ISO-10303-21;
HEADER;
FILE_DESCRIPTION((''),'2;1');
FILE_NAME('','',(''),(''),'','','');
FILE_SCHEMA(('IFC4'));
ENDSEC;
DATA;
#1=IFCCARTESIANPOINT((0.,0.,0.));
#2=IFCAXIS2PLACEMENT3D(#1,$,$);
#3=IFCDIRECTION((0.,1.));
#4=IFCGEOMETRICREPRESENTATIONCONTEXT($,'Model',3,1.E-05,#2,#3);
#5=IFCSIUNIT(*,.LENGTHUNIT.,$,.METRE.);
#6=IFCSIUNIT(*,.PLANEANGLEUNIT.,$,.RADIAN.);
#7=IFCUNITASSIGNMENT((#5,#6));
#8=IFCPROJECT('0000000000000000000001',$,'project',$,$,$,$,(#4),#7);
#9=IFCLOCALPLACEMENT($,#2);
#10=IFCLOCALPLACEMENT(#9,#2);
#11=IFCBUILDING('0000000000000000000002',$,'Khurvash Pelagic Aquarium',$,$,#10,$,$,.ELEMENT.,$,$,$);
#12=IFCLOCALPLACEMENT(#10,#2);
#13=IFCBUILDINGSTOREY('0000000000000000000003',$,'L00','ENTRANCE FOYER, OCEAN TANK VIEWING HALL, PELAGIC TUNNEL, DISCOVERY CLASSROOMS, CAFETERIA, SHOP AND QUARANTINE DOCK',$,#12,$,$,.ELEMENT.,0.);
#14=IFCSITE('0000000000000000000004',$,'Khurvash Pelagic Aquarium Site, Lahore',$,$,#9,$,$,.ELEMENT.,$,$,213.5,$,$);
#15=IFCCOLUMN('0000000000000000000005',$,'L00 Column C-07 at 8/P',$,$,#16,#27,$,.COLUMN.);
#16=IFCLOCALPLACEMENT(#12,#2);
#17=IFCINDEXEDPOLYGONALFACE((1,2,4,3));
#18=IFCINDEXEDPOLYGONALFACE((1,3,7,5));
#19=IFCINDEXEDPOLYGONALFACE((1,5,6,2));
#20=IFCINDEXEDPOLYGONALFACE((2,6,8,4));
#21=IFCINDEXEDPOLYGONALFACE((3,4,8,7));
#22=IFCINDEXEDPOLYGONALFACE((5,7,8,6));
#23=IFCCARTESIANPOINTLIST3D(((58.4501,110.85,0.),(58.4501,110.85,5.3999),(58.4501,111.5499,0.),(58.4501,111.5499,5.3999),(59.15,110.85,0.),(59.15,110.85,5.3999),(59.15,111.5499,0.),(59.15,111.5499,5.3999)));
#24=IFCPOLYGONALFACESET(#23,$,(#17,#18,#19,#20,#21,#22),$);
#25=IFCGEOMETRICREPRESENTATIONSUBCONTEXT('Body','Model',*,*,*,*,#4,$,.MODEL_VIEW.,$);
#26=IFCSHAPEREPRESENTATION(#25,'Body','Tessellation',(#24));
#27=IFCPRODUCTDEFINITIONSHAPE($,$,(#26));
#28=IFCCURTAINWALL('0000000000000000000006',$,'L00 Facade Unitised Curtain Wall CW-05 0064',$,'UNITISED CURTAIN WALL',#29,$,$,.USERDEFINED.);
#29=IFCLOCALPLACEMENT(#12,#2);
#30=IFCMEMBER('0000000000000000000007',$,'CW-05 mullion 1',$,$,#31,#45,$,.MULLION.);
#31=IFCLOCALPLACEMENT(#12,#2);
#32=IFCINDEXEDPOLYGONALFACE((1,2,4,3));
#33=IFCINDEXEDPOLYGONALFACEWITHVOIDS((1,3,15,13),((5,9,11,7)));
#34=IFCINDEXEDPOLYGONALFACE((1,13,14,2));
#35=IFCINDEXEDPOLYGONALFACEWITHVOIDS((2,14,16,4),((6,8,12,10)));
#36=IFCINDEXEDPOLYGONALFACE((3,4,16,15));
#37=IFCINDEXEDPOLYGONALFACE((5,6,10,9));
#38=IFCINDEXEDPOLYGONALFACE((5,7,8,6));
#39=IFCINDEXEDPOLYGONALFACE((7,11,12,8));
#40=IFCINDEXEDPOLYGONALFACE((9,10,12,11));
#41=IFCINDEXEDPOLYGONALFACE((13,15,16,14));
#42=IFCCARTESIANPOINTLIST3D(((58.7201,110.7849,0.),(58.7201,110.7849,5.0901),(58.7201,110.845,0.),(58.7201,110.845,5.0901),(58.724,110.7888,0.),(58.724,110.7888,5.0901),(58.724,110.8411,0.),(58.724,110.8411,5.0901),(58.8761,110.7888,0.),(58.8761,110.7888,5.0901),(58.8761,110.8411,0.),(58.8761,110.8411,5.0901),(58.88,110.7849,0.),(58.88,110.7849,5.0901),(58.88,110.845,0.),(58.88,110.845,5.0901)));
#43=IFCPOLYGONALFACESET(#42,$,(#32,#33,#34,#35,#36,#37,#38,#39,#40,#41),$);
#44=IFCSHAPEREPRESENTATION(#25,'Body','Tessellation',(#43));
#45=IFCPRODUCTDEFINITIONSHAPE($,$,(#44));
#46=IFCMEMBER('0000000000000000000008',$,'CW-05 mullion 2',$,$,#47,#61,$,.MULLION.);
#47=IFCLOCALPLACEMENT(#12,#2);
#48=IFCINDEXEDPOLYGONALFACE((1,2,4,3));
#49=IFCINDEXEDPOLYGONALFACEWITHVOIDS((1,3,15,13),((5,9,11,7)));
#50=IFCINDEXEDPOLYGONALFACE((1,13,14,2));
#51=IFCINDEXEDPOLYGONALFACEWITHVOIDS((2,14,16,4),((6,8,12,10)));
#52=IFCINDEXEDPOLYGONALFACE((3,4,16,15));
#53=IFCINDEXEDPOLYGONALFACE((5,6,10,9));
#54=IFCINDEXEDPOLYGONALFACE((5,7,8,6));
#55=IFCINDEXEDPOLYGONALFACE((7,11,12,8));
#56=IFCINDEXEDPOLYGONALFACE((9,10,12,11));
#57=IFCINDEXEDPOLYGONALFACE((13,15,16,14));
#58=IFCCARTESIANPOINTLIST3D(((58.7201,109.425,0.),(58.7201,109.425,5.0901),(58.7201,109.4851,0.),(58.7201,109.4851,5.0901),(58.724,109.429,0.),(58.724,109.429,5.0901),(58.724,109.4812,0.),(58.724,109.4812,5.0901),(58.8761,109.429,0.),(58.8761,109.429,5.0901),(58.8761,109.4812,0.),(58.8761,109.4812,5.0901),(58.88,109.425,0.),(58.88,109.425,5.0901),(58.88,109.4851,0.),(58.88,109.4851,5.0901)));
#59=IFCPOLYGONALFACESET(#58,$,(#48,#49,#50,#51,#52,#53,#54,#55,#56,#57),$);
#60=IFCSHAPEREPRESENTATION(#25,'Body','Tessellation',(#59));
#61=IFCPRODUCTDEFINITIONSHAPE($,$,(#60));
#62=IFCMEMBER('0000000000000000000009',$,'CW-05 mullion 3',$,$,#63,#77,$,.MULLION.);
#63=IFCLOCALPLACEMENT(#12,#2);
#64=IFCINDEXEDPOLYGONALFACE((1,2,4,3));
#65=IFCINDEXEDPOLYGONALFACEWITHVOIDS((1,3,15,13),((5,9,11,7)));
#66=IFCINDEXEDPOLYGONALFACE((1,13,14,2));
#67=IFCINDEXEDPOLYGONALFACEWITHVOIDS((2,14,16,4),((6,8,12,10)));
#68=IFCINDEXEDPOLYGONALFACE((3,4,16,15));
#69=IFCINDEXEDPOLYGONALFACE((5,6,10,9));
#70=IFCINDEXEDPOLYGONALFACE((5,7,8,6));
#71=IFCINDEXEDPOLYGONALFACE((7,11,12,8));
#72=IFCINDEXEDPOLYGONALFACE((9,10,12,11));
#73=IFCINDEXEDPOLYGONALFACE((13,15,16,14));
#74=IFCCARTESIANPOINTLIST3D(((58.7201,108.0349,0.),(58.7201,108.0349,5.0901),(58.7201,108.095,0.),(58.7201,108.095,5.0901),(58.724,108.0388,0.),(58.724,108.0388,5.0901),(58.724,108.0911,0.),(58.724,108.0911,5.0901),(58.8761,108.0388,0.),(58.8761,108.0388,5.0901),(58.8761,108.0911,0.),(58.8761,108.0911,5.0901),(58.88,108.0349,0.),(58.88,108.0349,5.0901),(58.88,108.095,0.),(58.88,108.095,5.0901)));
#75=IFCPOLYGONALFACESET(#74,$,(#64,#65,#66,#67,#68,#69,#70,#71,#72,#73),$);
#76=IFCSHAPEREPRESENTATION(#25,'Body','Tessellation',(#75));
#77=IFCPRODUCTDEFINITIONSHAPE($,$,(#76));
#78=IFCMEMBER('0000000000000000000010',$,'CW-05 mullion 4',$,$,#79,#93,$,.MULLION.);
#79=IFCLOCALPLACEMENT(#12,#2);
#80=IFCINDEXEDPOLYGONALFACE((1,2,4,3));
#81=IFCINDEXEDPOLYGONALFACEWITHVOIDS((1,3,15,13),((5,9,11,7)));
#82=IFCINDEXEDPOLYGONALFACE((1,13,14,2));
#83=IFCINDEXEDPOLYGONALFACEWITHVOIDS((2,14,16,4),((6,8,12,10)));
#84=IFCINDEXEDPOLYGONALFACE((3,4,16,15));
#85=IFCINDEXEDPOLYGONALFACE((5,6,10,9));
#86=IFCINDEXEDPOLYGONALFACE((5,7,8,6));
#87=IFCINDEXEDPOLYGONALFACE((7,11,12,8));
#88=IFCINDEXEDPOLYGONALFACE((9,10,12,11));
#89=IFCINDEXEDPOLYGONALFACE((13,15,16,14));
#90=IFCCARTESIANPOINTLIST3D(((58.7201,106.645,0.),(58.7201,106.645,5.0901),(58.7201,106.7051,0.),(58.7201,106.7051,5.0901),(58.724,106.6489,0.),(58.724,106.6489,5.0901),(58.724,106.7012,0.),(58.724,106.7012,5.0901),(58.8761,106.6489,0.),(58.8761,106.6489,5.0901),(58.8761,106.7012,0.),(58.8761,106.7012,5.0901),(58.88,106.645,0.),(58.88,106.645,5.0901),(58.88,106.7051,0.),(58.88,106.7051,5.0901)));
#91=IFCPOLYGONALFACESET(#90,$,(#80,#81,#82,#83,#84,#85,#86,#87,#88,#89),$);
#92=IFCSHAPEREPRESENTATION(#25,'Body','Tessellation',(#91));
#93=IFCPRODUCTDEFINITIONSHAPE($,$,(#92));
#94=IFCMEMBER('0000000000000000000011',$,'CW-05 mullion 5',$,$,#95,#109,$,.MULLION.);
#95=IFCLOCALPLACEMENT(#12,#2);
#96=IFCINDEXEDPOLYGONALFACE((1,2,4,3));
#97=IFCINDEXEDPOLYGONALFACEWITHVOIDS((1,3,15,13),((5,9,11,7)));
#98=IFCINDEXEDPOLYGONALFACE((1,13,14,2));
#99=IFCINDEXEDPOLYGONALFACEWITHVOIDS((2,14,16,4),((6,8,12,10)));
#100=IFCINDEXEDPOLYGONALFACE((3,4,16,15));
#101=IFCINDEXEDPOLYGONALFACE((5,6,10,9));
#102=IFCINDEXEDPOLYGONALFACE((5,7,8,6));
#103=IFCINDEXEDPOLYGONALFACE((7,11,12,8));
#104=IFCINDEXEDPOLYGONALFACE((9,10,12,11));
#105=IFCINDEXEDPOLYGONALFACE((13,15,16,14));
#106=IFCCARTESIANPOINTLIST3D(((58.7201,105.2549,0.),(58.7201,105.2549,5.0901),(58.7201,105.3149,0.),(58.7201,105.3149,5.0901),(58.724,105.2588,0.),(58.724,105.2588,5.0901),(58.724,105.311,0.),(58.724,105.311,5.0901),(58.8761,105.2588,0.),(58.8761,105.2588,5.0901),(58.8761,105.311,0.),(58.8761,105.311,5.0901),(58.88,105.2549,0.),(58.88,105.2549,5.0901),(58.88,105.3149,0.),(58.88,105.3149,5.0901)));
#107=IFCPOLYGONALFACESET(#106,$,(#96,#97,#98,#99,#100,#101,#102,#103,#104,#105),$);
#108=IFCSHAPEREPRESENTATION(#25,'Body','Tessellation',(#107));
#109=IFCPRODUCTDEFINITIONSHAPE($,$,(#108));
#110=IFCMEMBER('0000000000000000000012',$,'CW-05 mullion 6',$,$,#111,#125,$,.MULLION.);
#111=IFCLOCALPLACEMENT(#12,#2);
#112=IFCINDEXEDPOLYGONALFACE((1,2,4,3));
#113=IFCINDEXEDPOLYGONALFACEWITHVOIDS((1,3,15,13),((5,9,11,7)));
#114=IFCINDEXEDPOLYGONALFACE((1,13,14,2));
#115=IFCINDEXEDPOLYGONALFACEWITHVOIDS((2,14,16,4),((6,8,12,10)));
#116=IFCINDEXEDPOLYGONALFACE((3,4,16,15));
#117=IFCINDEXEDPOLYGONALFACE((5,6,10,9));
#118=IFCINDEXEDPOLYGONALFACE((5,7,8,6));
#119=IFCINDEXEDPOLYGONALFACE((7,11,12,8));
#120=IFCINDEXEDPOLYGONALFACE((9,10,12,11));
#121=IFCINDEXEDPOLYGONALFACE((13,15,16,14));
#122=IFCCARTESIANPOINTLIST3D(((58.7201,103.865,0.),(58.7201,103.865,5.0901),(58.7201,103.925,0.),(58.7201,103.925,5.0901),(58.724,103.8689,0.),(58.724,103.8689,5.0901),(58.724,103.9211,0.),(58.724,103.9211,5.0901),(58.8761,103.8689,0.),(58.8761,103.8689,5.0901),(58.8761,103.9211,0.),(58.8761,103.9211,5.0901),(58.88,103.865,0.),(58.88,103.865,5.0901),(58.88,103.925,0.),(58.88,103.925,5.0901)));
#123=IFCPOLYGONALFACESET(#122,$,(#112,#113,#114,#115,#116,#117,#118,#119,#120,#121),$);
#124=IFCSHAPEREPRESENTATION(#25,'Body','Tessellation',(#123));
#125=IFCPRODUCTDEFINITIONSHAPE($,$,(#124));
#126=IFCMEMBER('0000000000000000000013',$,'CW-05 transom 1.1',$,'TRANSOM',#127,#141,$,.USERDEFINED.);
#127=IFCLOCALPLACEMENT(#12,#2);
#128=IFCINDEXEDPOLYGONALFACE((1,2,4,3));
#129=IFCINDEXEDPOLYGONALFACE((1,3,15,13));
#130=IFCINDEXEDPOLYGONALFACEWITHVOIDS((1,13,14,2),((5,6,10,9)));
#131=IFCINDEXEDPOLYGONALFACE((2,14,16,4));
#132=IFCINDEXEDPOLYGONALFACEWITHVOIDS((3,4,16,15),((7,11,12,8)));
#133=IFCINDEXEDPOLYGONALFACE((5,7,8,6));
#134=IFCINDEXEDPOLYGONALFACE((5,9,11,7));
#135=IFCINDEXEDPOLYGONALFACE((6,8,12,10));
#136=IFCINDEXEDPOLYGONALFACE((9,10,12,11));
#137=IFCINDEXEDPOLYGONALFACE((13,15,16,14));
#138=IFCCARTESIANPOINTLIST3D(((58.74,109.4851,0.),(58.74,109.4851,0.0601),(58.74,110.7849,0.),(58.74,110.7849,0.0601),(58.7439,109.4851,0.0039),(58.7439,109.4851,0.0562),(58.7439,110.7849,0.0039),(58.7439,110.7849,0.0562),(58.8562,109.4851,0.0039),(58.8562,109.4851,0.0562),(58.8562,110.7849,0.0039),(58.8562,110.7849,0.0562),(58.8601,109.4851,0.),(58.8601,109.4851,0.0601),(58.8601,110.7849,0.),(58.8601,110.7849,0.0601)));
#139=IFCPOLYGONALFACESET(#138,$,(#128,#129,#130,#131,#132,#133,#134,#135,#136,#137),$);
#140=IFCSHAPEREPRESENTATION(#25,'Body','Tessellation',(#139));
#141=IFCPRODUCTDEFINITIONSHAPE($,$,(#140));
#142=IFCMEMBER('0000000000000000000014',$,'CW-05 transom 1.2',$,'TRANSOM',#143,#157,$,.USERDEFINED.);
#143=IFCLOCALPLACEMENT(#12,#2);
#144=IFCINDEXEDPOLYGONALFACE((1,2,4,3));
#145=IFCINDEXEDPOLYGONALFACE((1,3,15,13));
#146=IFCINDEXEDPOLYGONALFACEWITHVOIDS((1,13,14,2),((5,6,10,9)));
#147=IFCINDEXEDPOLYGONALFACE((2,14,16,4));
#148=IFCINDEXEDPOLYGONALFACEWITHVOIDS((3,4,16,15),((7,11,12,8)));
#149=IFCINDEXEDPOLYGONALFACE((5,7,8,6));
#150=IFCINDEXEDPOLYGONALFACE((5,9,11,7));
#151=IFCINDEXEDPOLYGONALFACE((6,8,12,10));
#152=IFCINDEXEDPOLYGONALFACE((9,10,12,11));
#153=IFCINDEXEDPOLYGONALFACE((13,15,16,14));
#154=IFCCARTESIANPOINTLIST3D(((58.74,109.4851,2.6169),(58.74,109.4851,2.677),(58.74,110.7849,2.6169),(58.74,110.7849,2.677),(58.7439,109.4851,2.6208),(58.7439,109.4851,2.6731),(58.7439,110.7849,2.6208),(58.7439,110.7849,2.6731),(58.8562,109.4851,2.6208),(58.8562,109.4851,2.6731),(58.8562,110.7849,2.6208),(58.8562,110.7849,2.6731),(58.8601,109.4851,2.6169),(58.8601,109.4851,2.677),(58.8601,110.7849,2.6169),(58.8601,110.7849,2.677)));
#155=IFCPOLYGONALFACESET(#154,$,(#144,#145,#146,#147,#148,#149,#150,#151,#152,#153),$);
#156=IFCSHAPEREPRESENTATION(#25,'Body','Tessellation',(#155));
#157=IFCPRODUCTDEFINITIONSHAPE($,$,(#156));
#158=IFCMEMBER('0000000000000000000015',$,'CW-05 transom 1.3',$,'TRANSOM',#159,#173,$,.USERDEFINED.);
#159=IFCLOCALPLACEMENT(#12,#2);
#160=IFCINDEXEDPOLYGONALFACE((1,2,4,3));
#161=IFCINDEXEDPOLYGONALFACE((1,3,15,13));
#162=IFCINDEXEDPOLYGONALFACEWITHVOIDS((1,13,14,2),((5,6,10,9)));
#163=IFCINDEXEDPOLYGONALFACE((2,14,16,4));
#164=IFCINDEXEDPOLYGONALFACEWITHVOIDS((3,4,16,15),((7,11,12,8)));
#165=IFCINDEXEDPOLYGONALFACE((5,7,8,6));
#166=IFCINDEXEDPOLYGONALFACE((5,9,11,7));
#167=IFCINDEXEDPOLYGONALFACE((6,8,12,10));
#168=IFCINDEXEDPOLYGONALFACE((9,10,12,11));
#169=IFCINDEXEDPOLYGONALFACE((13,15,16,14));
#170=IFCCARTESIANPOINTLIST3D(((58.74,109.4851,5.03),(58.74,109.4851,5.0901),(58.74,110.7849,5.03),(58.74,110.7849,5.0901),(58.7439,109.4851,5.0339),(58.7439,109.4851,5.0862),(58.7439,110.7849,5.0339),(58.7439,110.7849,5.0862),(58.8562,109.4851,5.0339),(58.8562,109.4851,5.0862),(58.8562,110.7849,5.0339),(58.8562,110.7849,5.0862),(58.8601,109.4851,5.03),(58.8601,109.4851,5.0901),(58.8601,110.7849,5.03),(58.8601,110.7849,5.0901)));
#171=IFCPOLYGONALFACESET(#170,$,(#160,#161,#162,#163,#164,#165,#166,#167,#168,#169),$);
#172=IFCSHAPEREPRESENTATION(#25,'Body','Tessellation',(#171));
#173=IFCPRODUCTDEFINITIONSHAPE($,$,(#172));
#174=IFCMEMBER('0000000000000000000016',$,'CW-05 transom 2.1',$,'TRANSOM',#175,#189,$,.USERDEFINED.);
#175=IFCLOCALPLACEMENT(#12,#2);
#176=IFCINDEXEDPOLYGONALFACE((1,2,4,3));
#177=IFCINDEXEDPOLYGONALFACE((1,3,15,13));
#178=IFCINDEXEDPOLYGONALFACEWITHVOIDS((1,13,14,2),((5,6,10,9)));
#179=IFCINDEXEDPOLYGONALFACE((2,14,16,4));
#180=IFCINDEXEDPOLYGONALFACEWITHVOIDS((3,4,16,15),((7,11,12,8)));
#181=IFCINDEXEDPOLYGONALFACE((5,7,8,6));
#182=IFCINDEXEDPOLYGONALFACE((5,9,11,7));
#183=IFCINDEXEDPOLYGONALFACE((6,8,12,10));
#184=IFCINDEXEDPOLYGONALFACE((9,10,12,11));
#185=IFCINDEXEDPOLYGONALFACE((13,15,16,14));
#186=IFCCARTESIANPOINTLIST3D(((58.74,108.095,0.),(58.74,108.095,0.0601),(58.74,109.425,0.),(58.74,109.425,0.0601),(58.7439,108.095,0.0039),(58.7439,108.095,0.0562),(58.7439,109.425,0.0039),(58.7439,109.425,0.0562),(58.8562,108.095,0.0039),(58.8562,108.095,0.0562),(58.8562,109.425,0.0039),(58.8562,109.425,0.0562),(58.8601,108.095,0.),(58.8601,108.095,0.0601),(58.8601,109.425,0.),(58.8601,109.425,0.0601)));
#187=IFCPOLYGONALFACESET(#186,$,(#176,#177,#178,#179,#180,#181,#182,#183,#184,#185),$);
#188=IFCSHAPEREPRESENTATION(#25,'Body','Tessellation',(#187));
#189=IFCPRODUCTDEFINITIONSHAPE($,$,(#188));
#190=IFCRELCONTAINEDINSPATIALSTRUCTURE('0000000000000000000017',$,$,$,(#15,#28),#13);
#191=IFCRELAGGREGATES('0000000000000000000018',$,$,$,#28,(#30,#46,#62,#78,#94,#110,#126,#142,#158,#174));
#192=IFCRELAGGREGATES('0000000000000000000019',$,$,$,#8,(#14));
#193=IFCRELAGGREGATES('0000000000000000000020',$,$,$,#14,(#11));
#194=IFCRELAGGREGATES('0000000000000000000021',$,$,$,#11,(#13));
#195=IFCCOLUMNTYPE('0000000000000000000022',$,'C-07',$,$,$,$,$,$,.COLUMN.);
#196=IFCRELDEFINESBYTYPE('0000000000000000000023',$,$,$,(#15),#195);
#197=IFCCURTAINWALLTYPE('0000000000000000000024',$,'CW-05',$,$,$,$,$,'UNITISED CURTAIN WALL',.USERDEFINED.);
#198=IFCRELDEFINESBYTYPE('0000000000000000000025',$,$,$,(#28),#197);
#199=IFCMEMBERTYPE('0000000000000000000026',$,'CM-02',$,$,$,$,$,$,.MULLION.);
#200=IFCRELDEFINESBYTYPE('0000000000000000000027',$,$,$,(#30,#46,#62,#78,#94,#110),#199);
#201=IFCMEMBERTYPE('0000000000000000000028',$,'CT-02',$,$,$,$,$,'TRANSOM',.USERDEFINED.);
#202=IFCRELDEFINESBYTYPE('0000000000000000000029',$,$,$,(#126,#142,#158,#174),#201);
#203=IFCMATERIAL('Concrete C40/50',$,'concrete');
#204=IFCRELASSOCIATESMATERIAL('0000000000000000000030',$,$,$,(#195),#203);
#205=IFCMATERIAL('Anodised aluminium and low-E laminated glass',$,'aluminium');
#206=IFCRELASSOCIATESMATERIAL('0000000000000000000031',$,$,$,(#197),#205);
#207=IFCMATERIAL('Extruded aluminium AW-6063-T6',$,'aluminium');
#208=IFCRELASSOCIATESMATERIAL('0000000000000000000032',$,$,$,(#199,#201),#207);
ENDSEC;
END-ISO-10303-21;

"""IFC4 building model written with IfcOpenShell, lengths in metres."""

from ifc_helpers import new_model, si_unit, direction, frame, origin, origin_2d, place, context, subcontext, project, spatial, rectangle, hollow_rectangle, extrude, material, material_profile, profile_set, type_object, element, aggregate, save


model = new_model("IFC4")

# Units and contexts
model_context = context("Model", 3, precision=1e-05, world=origin(), true_north=direction((0.0, 1.0)))
body_context = subcontext(model_context, "Body", "Model", "MODEL_VIEW")
ifc_project = project(units=[si_unit("LENGTHUNIT", "METRE"), si_unit("PLANEANGLEUNIT", "RADIAN")], contexts=[model_context])

# Site, building, storey
site_placement = place(None, origin())
site = spatial("IfcSite", under=ifc_project, at=site_placement, Name="Khurvash Pelagic Aquarium Site, Lahore", CompositionType="ELEMENT", RefElevation=213.5)
building_placement = place(site_placement, origin())
building = spatial("IfcBuilding", under=site, at=building_placement, Name="Khurvash Pelagic Aquarium", CompositionType="ELEMENT")
storey_placement = place(building_placement, origin())
storey = spatial("IfcBuildingStorey", under=building, at=storey_placement, Name="L00", Description="ENTRANCE FOYER, OCEAN TANK VIEWING HALL, PELAGIC TUNNEL, DISCOVERY CLASSROOMS, CAFETERIA, SHOP AND QUARANTINE DOCK", CompositionType="ELEMENT", Elevation=0.0)

# Column
ifc_material_1 = material(Name="Concrete C40/50", Category="concrete")
ifc_material_profile_1 = material_profile(ifc_material_1, rectangle(XDim=0.7, YDim=0.7, at=origin_2d()), Name="RC700X700")
ifc_profile_set_1 = profile_set([ifc_material_profile_1], Name="Concrete C40/50")
column_type = type_object("IfcColumnType", Name="C-07", PredefinedType="COLUMN", material=ifc_profile_set_1)
column_placement = place(storey_placement, frame((58.8, 111.2, 0.0), z_axis=(0.0, 0.0, 1.0), x_axis=(1.0, 0.0, 0.0)))
element("IfcColumn", 1, at=column_placement, inside=storey, type_object=column_type, Name="L00 Column C-07 at 8/P", PredefinedType="COLUMN", context=body_context, shape_type="SweptSolid", body=[
    extrude(rectangle(XDim=0.7, YDim=0.7, at=origin_2d()), origin(), (0.0, 0.0, 1.0), 5.3999),
])

# Curtain wall, members
ifc_material_2 = material(Name="Anodised aluminium and low-E laminated glass", Category="aluminium")
curtain_wall_type = type_object("IfcCurtainWallType", Name="CW-05", ElementType="UNITISED CURTAIN WALL", PredefinedType="USERDEFINED", material=ifc_material_2)
curtain_wall_placement = place(storey_placement, origin())
curtain_wall = element("IfcCurtainWall", 2, at=curtain_wall_placement, inside=storey, type_object=curtain_wall_type, Name="L00 Facade Unitised Curtain Wall CW-05 0064", ObjectType="UNITISED CURTAIN WALL", PredefinedType="USERDEFINED")
ifc_material_3 = material(Name="Extruded aluminium AW-6063-T6", Category="aluminium")
ifc_material_profile_2 = material_profile(ifc_material_3, hollow_rectangle(XDim=0.0601, YDim=0.1599, WallThickness=0.0039, at=origin_2d()), Name="CWM60X160X4")
ifc_profile_set_2 = profile_set([ifc_material_profile_2], Name="Extruded aluminium AW-6063-T6")
member_type_1 = type_object("IfcMemberType", Name="CM-02", PredefinedType="MULLION", material=ifc_profile_set_2)
member_1_placement = place(storey_placement, frame((58.8, 110.8149, 0.0), z_axis=(0.0, 0.0, 1.0), x_axis=(0.0, -1.0, 0.0)))
member_1 = element("IfcMember", 3, at=member_1_placement, type_object=member_type_1, Name="CW-05 mullion 1", PredefinedType="MULLION", context=body_context, shape_type="SweptSolid", body=[
    extrude(hollow_rectangle(XDim=0.0601, YDim=0.1599, WallThickness=0.0039, at=origin_2d()), origin(), (0.0, 0.0, 1.0), 5.0901),
])
member_2_placement = place(storey_placement, frame((58.8, 109.4551, 0.0), z_axis=(0.0, 0.0, 1.0), x_axis=(0.0, -1.0, 0.0)))
member_2 = element("IfcMember", 4, at=member_2_placement, type_object=member_type_1, Name="CW-05 mullion 2", PredefinedType="MULLION", context=body_context, shape_type="SweptSolid", body=[
    extrude(hollow_rectangle(XDim=0.0601, YDim=0.1599, WallThickness=0.0039, at=origin_2d()), origin(), (0.0, 0.0, 1.0), 5.0901),
])
member_3_placement = place(storey_placement, frame((58.8, 108.0649, 0.0), z_axis=(0.0, 0.0, 1.0), x_axis=(0.0, -1.0, 0.0)))
member_3 = element("IfcMember", 5, at=member_3_placement, type_object=member_type_1, Name="CW-05 mullion 3", PredefinedType="MULLION", context=body_context, shape_type="SweptSolid", body=[
    extrude(hollow_rectangle(XDim=0.0601, YDim=0.1599, WallThickness=0.0039, at=origin_2d()), origin(), (0.0, 0.0, 1.0), 5.0901),
])
member_4_placement = place(storey_placement, frame((58.8, 106.675, 0.0), z_axis=(0.0, 0.0, 1.0), x_axis=(0.0, -1.0, 0.0)))
member_4 = element("IfcMember", 6, at=member_4_placement, type_object=member_type_1, Name="CW-05 mullion 4", PredefinedType="MULLION", context=body_context, shape_type="SweptSolid", body=[
    extrude(hollow_rectangle(XDim=0.0601, YDim=0.1599, WallThickness=0.0039, at=origin_2d()), origin(), (0.0, 0.0, 1.0), 5.0901),
])
member_5_placement = place(storey_placement, frame((58.8, 105.2849, 0.0), z_axis=(0.0, 0.0, 1.0), x_axis=(0.0, -1.0, 0.0)))
member_5 = element("IfcMember", 7, at=member_5_placement, type_object=member_type_1, Name="CW-05 mullion 5", PredefinedType="MULLION", context=body_context, shape_type="SweptSolid", body=[
    extrude(hollow_rectangle(XDim=0.0601, YDim=0.1599, WallThickness=0.0039, at=origin_2d()), origin(), (0.0, 0.0, 1.0), 5.0901),
])
member_6_placement = place(storey_placement, frame((58.8, 103.895, 0.0), z_axis=(0.0, 0.0, 1.0), x_axis=(0.0, -1.0, 0.0)))
member_6 = element("IfcMember", 8, at=member_6_placement, type_object=member_type_1, Name="CW-05 mullion 6", PredefinedType="MULLION", context=body_context, shape_type="SweptSolid", body=[
    extrude(hollow_rectangle(XDim=0.0601, YDim=0.1599, WallThickness=0.0039, at=origin_2d()), origin(), (0.0, 0.0, 1.0), 5.0901),
])
ifc_material_profile_3 = material_profile(ifc_material_3, hollow_rectangle(XDim=0.1201, YDim=0.0601, WallThickness=0.0039, at=origin_2d()), Name="CWT120X60X4")
ifc_profile_set_3 = profile_set([ifc_material_profile_3], Name="Extruded aluminium AW-6063-T6")
member_type_2 = type_object("IfcMemberType", Name="CT-02", ElementType="TRANSOM", PredefinedType="USERDEFINED", material=ifc_profile_set_3)
member_7_placement = place(storey_placement, frame((58.8, 110.7849, 0.03), z_axis=(0.0, -1.0, 0.0), x_axis=(1.0, 0.0, 0.0)))
member_7 = element("IfcMember", 9, at=member_7_placement, type_object=member_type_2, Name="CW-05 transom 1.1", ObjectType="TRANSOM", PredefinedType="USERDEFINED", context=body_context, shape_type="SweptSolid", body=[
    extrude(hollow_rectangle(XDim=0.1201, YDim=0.0601, WallThickness=0.0039, at=origin_2d()), origin(), (0.0, 0.0, 1.0), 1.2998),
])
member_8_placement = place(storey_placement, frame((58.8, 110.7849, 2.647), z_axis=(0.0, -1.0, 0.0), x_axis=(1.0, 0.0, 0.0)))
member_8 = element("IfcMember", 10, at=member_8_placement, type_object=member_type_2, Name="CW-05 transom 1.2", ObjectType="TRANSOM", PredefinedType="USERDEFINED", context=body_context, shape_type="SweptSolid", body=[
    extrude(hollow_rectangle(XDim=0.1201, YDim=0.0601, WallThickness=0.0039, at=origin_2d()), origin(), (0.0, 0.0, 1.0), 1.2998),
])
member_9_placement = place(storey_placement, frame((58.8, 110.7849, 5.0601), z_axis=(0.0, -1.0, 0.0), x_axis=(1.0, 0.0, 0.0)))
member_9 = element("IfcMember", 11, at=member_9_placement, type_object=member_type_2, Name="CW-05 transom 1.3", ObjectType="TRANSOM", PredefinedType="USERDEFINED", context=body_context, shape_type="SweptSolid", body=[
    extrude(hollow_rectangle(XDim=0.1201, YDim=0.0601, WallThickness=0.0039, at=origin_2d()), origin(), (0.0, 0.0, 1.0), 1.2998),
])
member_10_placement = place(storey_placement, frame((58.8, 109.425, 0.03), z_axis=(0.0, -1.0, 0.0), x_axis=(1.0, 0.0, 0.0)))
member_10 = element("IfcMember", 12, at=member_10_placement, type_object=member_type_2, Name="CW-05 transom 2.1", ObjectType="TRANSOM", PredefinedType="USERDEFINED", context=body_context, shape_type="SweptSolid", body=[
    extrude(hollow_rectangle(XDim=0.1201, YDim=0.0601, WallThickness=0.0039, at=origin_2d()), origin(), (0.0, 0.0, 1.0), 1.3301),
])
aggregate(curtain_wall, [member_1, member_2, member_3, member_4, member_5, member_6, member_7, member_8, member_9, member_10])

save(model, "model.ifc")
